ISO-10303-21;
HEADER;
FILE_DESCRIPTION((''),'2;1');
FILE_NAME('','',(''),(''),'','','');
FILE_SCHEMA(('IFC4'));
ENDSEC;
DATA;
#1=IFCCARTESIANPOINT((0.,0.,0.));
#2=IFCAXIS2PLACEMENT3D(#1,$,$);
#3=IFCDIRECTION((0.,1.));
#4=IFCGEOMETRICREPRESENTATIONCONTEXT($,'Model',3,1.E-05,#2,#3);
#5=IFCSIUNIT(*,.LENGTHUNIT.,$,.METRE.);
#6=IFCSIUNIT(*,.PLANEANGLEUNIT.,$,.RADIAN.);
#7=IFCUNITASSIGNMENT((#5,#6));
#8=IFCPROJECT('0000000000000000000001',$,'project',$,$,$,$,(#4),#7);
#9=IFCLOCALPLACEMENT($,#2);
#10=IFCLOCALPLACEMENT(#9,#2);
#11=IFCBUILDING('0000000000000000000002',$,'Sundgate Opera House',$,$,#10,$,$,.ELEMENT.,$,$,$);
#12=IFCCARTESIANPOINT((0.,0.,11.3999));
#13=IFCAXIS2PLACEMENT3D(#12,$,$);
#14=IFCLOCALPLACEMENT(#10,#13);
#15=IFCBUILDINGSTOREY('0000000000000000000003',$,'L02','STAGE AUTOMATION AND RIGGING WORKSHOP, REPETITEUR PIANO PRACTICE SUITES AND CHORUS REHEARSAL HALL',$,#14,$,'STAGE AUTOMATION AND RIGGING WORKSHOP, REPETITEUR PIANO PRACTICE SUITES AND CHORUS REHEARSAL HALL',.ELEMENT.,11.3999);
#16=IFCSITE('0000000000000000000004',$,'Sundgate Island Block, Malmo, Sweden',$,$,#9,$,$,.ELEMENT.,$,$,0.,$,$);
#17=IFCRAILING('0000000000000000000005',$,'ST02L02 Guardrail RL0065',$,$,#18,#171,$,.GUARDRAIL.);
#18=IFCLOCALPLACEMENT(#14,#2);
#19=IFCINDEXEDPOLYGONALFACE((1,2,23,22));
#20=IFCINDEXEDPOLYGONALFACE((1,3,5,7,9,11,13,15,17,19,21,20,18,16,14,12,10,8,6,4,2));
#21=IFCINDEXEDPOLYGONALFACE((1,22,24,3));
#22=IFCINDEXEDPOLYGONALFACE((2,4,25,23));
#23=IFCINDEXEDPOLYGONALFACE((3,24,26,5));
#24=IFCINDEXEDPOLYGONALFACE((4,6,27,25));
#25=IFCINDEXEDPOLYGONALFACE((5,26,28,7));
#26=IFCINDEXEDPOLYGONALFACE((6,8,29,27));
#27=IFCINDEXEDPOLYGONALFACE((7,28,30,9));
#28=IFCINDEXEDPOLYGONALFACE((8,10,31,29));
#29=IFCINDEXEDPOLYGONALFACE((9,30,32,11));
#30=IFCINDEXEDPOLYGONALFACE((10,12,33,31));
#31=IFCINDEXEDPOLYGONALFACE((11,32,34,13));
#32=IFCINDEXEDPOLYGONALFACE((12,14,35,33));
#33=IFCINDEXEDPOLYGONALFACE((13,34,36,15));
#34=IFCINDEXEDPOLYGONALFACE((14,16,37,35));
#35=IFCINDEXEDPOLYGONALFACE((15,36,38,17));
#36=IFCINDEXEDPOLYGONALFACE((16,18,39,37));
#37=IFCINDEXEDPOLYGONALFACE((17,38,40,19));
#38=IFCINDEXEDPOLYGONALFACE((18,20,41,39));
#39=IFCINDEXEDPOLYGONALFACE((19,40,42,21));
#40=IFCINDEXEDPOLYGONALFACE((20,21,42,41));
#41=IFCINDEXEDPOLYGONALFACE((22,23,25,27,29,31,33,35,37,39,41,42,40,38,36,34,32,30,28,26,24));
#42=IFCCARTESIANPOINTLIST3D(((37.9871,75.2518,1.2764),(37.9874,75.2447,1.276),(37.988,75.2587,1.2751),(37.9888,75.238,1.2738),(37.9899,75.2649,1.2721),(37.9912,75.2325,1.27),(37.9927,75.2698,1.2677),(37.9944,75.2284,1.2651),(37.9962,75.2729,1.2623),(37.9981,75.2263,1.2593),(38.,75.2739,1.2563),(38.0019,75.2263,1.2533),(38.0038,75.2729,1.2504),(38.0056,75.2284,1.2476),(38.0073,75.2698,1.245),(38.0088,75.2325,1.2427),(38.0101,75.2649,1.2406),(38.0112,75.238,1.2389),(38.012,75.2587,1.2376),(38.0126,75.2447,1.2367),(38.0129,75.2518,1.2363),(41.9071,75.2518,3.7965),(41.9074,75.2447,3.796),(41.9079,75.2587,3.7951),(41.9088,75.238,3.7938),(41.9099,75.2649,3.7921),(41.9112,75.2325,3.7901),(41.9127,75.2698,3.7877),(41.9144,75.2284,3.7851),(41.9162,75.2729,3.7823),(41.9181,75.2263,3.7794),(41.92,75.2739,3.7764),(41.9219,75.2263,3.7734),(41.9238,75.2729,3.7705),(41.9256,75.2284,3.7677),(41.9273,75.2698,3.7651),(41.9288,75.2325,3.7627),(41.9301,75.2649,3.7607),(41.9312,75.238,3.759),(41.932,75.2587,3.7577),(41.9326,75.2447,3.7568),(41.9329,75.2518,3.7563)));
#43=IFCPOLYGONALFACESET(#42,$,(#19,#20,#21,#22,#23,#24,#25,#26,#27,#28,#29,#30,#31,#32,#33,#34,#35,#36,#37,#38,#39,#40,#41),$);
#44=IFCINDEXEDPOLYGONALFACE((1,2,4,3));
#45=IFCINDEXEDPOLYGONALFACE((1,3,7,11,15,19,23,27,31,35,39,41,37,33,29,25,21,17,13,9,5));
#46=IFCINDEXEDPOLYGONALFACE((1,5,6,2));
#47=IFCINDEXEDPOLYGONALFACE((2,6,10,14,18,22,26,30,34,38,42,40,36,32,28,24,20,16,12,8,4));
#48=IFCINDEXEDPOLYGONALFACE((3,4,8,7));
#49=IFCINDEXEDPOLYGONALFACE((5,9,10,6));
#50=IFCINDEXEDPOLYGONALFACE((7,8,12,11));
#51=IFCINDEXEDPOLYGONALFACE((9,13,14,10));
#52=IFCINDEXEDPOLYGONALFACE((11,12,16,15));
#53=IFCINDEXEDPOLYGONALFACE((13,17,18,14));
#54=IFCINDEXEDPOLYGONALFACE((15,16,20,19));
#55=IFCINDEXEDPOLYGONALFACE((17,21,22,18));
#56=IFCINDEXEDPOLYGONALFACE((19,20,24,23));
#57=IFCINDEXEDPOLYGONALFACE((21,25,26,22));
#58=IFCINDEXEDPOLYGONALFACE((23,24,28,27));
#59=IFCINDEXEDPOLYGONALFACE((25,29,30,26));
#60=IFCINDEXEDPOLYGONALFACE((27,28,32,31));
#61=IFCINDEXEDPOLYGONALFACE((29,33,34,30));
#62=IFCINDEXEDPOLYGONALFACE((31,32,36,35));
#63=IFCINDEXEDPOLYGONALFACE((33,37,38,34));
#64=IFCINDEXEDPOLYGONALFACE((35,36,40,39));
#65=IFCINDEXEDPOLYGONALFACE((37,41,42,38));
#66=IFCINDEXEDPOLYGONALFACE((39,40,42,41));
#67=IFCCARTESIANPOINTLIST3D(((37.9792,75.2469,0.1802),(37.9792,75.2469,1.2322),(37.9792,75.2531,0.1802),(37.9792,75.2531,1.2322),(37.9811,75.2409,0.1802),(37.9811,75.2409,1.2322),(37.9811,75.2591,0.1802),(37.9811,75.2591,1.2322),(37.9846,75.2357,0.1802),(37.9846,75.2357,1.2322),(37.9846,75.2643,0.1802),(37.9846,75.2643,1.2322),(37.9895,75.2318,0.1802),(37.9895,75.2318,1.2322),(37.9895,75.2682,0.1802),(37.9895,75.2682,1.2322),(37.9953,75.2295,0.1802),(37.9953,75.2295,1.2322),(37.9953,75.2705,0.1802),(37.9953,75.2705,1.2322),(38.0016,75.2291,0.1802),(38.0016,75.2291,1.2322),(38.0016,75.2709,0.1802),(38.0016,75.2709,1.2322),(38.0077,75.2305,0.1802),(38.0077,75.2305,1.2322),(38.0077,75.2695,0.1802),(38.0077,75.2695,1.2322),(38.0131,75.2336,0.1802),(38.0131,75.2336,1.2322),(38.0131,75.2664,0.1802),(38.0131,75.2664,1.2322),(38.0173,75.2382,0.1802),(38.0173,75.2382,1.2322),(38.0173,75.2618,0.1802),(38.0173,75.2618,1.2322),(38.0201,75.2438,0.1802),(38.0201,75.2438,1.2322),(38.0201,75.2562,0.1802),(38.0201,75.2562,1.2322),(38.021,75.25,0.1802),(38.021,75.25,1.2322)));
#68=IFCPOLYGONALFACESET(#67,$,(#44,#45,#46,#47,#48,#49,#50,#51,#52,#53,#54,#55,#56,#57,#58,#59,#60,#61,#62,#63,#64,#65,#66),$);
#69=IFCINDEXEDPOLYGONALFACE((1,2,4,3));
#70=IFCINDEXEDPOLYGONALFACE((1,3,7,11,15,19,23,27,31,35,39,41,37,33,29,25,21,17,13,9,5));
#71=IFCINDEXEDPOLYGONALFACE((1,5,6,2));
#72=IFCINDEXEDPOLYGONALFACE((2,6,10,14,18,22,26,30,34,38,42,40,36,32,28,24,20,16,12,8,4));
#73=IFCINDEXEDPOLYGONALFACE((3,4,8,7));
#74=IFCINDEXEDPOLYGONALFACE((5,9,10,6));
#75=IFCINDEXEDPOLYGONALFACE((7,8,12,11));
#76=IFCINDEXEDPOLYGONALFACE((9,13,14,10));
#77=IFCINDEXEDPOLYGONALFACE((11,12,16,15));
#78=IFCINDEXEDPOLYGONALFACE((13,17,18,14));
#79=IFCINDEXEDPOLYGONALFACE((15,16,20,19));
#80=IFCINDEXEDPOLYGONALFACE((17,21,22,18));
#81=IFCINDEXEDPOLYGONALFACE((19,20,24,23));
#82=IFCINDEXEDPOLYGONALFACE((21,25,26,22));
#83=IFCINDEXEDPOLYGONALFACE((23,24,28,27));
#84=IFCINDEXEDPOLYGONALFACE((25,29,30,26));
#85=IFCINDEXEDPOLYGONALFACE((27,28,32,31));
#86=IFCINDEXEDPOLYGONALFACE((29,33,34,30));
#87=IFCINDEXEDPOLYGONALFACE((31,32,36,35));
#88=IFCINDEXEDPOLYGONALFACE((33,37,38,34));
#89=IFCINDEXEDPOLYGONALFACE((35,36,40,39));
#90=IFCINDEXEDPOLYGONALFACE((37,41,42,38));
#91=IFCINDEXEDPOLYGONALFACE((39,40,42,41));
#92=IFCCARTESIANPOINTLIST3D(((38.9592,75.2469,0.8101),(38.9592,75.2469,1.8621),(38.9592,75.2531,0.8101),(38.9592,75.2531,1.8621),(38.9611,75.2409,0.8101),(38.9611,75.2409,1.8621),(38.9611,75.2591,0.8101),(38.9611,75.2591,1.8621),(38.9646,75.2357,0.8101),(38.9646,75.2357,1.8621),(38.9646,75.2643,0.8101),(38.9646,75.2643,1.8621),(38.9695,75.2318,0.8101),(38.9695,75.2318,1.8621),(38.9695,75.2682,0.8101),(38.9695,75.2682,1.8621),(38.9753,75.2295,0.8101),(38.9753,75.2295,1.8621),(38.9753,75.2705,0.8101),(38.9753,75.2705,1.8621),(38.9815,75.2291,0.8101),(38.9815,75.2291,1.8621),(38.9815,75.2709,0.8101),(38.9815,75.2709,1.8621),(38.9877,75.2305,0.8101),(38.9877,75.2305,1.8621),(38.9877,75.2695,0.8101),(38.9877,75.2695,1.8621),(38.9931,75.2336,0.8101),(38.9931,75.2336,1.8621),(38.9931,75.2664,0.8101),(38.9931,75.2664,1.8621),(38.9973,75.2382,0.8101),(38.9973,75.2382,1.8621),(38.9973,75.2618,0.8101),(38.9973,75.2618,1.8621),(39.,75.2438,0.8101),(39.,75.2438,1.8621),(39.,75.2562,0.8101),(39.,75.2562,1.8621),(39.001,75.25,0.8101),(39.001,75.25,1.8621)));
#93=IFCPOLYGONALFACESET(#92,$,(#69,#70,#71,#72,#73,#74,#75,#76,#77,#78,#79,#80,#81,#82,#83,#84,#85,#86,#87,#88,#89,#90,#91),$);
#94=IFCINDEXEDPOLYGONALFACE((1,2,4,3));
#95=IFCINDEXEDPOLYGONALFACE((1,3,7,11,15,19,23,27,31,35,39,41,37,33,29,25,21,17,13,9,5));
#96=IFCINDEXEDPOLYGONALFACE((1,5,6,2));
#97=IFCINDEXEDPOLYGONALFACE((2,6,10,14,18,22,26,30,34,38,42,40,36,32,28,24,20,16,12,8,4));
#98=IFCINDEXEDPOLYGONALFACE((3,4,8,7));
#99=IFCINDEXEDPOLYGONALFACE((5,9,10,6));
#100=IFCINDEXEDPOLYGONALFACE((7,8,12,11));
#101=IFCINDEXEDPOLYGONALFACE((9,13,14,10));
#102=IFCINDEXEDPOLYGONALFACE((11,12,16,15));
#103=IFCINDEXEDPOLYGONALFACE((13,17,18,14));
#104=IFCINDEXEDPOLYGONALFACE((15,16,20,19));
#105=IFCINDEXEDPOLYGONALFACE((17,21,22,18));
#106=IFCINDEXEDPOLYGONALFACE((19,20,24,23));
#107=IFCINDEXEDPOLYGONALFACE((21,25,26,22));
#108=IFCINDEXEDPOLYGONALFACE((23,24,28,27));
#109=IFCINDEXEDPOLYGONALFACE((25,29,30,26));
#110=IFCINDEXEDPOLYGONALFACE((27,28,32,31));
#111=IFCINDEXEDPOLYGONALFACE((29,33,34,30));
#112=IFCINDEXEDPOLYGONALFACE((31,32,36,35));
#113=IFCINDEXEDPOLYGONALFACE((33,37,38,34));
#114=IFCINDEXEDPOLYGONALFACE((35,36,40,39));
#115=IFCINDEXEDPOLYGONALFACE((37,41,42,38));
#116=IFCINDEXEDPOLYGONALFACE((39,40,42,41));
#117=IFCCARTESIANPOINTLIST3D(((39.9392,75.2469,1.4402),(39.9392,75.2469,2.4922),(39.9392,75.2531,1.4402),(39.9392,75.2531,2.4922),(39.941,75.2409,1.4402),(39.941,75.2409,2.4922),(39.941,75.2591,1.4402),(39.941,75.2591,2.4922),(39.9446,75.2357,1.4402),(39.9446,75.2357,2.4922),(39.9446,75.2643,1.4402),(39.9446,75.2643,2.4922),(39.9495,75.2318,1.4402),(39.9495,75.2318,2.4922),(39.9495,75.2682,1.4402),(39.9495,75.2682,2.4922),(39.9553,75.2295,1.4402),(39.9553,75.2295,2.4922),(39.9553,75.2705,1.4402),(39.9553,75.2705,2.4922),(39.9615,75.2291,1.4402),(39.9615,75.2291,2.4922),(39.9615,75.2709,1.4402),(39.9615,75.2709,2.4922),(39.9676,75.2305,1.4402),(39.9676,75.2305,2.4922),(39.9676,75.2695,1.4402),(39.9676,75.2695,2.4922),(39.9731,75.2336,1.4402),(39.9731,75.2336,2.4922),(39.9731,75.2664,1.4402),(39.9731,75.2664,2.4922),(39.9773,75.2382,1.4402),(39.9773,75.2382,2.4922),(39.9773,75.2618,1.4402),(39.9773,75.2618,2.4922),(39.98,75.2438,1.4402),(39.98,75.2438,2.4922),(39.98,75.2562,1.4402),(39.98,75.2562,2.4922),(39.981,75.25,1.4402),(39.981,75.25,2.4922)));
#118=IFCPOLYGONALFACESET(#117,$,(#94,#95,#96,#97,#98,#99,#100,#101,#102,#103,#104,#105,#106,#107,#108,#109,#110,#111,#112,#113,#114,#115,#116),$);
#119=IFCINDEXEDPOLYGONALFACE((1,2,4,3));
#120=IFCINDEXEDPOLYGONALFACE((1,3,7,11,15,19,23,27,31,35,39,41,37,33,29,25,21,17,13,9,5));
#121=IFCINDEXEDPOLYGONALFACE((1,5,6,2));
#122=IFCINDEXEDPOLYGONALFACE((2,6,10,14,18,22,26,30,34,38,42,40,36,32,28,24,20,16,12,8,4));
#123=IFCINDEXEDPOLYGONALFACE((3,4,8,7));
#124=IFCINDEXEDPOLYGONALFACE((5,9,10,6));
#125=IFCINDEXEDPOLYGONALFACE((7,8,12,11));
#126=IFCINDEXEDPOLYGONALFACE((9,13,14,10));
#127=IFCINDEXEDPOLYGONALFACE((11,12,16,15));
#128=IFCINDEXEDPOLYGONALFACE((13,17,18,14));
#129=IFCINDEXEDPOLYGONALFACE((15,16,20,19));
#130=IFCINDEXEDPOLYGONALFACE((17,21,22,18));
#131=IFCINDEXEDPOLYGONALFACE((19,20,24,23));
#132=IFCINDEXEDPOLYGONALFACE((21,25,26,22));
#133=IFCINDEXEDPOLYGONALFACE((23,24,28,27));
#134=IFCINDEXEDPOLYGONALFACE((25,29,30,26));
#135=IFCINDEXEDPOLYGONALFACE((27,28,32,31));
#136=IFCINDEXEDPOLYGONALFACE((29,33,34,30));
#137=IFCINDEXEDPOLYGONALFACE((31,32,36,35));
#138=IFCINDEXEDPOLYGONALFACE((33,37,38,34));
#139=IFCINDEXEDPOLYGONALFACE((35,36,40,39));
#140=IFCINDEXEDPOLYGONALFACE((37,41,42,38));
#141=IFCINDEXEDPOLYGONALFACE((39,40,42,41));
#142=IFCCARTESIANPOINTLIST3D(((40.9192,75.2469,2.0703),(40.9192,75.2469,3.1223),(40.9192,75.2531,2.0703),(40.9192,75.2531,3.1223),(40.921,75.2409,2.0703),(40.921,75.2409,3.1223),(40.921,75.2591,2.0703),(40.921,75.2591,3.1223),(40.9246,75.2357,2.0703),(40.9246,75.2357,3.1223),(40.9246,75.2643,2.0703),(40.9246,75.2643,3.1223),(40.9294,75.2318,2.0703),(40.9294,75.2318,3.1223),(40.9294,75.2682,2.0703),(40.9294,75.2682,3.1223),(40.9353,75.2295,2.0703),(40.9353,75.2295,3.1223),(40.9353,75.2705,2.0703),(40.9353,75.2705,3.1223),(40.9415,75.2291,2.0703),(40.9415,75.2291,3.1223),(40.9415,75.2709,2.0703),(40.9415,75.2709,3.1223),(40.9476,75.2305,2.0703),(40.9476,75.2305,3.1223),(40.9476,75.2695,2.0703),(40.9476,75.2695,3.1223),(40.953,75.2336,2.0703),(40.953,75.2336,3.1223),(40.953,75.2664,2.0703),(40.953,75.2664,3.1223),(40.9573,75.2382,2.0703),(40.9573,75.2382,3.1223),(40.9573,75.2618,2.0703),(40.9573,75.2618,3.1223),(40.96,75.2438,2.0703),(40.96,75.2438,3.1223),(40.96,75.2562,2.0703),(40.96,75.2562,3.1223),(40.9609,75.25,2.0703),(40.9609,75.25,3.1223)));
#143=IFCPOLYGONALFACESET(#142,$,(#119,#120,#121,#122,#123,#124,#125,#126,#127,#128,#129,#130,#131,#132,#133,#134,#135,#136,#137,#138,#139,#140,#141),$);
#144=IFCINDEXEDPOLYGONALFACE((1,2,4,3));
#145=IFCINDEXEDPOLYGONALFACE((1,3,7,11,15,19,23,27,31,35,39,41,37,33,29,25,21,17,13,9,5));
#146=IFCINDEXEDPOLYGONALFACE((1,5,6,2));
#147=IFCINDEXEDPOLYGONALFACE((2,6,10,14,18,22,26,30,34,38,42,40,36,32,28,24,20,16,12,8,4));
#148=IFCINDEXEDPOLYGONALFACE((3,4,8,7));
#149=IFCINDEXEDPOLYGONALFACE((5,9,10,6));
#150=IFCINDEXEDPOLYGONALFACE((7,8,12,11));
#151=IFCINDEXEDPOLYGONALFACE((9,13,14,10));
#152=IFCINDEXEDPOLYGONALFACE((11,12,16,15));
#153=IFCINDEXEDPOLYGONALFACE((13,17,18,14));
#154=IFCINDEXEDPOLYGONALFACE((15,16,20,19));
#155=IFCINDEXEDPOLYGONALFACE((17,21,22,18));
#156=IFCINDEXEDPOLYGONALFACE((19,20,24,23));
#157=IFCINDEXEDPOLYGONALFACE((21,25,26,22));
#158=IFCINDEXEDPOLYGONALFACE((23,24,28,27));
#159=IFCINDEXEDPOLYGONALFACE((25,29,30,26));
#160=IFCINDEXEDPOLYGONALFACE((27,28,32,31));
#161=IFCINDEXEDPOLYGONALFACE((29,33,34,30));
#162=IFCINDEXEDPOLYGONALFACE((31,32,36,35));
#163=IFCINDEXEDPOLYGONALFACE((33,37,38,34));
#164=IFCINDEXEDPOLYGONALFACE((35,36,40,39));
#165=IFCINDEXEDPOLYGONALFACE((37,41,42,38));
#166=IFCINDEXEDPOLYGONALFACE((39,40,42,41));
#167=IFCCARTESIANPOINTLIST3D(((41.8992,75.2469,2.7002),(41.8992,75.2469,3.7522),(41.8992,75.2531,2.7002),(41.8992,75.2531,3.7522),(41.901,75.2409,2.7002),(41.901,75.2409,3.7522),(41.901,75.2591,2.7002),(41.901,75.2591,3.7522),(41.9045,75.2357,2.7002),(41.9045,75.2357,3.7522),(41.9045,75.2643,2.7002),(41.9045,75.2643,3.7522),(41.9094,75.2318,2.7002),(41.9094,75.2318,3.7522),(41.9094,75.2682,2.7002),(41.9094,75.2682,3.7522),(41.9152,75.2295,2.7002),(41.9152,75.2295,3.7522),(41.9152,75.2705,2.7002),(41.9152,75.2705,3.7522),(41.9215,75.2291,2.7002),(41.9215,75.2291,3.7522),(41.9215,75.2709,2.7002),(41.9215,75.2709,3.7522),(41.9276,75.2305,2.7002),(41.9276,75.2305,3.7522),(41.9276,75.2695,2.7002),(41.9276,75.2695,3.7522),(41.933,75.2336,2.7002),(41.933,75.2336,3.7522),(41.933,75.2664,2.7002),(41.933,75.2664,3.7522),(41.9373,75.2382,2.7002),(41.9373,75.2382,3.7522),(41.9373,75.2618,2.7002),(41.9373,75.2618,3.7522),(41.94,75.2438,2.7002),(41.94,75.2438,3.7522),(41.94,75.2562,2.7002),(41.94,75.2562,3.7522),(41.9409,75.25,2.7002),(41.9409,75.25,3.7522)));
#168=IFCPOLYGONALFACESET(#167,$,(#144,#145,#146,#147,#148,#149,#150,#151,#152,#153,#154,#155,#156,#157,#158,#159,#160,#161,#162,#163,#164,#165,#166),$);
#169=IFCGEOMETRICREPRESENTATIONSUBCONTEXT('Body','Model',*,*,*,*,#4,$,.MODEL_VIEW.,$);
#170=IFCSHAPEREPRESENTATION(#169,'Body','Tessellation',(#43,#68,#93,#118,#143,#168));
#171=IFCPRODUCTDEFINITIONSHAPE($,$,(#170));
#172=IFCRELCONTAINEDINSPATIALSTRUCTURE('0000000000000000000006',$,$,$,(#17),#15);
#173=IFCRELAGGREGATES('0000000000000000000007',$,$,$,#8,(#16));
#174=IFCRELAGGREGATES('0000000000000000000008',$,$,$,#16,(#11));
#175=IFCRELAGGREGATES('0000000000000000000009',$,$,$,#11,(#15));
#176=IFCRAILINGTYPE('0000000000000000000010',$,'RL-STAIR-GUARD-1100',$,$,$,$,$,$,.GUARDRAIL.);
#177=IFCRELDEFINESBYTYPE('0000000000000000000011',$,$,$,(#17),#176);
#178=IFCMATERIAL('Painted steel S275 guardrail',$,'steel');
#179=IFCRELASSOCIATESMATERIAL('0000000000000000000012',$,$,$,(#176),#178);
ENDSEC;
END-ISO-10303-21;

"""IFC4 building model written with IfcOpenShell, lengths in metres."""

from ifc_helpers import new_model, si_unit, direction, frame, origin, origin_2d, place, context, subcontext, project, spatial, circle, extrude, material, type_object, element, save


model = new_model("IFC4")

# Units and contexts
model_context = context("Model", 3, precision=1e-05, world=origin(), true_north=direction((0.0, 1.0)))
body_context = subcontext(model_context, "Body", "Model", "MODEL_VIEW")
ifc_project = project(units=[si_unit("LENGTHUNIT", "METRE"), si_unit("PLANEANGLEUNIT", "RADIAN")], contexts=[model_context])

# Site, building, storey
site_placement = place(None, origin())
site = spatial("IfcSite", under=ifc_project, at=site_placement, Name="Sundgate Island Block, Malmo, Sweden", CompositionType="ELEMENT", RefElevation=0.0)
building_placement = place(site_placement, origin())
building = spatial("IfcBuilding", under=site, at=building_placement, Name="Sundgate Opera House", CompositionType="ELEMENT")
storey_placement = place(building_placement, frame((0.0, 0.0, 11.3999)))
storey = spatial("IfcBuildingStorey", under=building, at=storey_placement, Name="L02", Description="STAGE AUTOMATION AND RIGGING WORKSHOP, REPETITEUR PIANO PRACTICE SUITES AND CHORUS REHEARSAL HALL", LongName="STAGE AUTOMATION AND RIGGING WORKSHOP, REPETITEUR PIANO PRACTICE SUITES AND CHORUS REHEARSAL HALL", CompositionType="ELEMENT", Elevation=11.3999)

# Railing
ifc_material_1 = material(Name="Painted steel S275 guardrail", Category="steel")
railing_type_1 = type_object("IfcRailingType", Name="RL-STAIR-GUARD-1100", PredefinedType="GUARDRAIL", material=ifc_material_1)
railing_1_placement = place(storey_placement, frame((38.0, 75.25, 0.1802)))
element("IfcRailing", 1, at=railing_1_placement, inside=storey, type_object=railing_type_1, Name="ST02L02 Guardrail RL0065", PredefinedType="GUARDRAIL", context=body_context, shape_type="SweptSolid", body=[
    extrude(circle(Radius=0.0239, at=origin_2d()), frame((0.0, 0.0, 1.0762), z_axis=(0.841172, 0.0, 0.540768), x_axis=(0.0, 1.0, 0.0)), (0.0, 0.0, 1.0), 4.6602),
    extrude(circle(Radius=0.021, at=origin_2d()), origin(), (0.0, 0.0, 1.0), 1.052),
    extrude(circle(Radius=0.021, at=origin_2d()), frame((0.98, 0.0, 0.6299)), (0.0, 0.0, 1.0), 1.052),
    extrude(circle(Radius=0.021, at=origin_2d()), frame((1.96, 0.0, 1.26)), (0.0, 0.0, 1.0), 1.052),
    extrude(circle(Radius=0.021, at=origin_2d()), frame((2.9399, 0.0, 1.8901)), (0.0, 0.0, 1.0), 1.052),
    extrude(circle(Radius=0.021, at=origin_2d()), frame((3.9199, 0.0, 2.52)), (0.0, 0.0, 1.0), 1.052),
])

save(model, "model.ifc")
